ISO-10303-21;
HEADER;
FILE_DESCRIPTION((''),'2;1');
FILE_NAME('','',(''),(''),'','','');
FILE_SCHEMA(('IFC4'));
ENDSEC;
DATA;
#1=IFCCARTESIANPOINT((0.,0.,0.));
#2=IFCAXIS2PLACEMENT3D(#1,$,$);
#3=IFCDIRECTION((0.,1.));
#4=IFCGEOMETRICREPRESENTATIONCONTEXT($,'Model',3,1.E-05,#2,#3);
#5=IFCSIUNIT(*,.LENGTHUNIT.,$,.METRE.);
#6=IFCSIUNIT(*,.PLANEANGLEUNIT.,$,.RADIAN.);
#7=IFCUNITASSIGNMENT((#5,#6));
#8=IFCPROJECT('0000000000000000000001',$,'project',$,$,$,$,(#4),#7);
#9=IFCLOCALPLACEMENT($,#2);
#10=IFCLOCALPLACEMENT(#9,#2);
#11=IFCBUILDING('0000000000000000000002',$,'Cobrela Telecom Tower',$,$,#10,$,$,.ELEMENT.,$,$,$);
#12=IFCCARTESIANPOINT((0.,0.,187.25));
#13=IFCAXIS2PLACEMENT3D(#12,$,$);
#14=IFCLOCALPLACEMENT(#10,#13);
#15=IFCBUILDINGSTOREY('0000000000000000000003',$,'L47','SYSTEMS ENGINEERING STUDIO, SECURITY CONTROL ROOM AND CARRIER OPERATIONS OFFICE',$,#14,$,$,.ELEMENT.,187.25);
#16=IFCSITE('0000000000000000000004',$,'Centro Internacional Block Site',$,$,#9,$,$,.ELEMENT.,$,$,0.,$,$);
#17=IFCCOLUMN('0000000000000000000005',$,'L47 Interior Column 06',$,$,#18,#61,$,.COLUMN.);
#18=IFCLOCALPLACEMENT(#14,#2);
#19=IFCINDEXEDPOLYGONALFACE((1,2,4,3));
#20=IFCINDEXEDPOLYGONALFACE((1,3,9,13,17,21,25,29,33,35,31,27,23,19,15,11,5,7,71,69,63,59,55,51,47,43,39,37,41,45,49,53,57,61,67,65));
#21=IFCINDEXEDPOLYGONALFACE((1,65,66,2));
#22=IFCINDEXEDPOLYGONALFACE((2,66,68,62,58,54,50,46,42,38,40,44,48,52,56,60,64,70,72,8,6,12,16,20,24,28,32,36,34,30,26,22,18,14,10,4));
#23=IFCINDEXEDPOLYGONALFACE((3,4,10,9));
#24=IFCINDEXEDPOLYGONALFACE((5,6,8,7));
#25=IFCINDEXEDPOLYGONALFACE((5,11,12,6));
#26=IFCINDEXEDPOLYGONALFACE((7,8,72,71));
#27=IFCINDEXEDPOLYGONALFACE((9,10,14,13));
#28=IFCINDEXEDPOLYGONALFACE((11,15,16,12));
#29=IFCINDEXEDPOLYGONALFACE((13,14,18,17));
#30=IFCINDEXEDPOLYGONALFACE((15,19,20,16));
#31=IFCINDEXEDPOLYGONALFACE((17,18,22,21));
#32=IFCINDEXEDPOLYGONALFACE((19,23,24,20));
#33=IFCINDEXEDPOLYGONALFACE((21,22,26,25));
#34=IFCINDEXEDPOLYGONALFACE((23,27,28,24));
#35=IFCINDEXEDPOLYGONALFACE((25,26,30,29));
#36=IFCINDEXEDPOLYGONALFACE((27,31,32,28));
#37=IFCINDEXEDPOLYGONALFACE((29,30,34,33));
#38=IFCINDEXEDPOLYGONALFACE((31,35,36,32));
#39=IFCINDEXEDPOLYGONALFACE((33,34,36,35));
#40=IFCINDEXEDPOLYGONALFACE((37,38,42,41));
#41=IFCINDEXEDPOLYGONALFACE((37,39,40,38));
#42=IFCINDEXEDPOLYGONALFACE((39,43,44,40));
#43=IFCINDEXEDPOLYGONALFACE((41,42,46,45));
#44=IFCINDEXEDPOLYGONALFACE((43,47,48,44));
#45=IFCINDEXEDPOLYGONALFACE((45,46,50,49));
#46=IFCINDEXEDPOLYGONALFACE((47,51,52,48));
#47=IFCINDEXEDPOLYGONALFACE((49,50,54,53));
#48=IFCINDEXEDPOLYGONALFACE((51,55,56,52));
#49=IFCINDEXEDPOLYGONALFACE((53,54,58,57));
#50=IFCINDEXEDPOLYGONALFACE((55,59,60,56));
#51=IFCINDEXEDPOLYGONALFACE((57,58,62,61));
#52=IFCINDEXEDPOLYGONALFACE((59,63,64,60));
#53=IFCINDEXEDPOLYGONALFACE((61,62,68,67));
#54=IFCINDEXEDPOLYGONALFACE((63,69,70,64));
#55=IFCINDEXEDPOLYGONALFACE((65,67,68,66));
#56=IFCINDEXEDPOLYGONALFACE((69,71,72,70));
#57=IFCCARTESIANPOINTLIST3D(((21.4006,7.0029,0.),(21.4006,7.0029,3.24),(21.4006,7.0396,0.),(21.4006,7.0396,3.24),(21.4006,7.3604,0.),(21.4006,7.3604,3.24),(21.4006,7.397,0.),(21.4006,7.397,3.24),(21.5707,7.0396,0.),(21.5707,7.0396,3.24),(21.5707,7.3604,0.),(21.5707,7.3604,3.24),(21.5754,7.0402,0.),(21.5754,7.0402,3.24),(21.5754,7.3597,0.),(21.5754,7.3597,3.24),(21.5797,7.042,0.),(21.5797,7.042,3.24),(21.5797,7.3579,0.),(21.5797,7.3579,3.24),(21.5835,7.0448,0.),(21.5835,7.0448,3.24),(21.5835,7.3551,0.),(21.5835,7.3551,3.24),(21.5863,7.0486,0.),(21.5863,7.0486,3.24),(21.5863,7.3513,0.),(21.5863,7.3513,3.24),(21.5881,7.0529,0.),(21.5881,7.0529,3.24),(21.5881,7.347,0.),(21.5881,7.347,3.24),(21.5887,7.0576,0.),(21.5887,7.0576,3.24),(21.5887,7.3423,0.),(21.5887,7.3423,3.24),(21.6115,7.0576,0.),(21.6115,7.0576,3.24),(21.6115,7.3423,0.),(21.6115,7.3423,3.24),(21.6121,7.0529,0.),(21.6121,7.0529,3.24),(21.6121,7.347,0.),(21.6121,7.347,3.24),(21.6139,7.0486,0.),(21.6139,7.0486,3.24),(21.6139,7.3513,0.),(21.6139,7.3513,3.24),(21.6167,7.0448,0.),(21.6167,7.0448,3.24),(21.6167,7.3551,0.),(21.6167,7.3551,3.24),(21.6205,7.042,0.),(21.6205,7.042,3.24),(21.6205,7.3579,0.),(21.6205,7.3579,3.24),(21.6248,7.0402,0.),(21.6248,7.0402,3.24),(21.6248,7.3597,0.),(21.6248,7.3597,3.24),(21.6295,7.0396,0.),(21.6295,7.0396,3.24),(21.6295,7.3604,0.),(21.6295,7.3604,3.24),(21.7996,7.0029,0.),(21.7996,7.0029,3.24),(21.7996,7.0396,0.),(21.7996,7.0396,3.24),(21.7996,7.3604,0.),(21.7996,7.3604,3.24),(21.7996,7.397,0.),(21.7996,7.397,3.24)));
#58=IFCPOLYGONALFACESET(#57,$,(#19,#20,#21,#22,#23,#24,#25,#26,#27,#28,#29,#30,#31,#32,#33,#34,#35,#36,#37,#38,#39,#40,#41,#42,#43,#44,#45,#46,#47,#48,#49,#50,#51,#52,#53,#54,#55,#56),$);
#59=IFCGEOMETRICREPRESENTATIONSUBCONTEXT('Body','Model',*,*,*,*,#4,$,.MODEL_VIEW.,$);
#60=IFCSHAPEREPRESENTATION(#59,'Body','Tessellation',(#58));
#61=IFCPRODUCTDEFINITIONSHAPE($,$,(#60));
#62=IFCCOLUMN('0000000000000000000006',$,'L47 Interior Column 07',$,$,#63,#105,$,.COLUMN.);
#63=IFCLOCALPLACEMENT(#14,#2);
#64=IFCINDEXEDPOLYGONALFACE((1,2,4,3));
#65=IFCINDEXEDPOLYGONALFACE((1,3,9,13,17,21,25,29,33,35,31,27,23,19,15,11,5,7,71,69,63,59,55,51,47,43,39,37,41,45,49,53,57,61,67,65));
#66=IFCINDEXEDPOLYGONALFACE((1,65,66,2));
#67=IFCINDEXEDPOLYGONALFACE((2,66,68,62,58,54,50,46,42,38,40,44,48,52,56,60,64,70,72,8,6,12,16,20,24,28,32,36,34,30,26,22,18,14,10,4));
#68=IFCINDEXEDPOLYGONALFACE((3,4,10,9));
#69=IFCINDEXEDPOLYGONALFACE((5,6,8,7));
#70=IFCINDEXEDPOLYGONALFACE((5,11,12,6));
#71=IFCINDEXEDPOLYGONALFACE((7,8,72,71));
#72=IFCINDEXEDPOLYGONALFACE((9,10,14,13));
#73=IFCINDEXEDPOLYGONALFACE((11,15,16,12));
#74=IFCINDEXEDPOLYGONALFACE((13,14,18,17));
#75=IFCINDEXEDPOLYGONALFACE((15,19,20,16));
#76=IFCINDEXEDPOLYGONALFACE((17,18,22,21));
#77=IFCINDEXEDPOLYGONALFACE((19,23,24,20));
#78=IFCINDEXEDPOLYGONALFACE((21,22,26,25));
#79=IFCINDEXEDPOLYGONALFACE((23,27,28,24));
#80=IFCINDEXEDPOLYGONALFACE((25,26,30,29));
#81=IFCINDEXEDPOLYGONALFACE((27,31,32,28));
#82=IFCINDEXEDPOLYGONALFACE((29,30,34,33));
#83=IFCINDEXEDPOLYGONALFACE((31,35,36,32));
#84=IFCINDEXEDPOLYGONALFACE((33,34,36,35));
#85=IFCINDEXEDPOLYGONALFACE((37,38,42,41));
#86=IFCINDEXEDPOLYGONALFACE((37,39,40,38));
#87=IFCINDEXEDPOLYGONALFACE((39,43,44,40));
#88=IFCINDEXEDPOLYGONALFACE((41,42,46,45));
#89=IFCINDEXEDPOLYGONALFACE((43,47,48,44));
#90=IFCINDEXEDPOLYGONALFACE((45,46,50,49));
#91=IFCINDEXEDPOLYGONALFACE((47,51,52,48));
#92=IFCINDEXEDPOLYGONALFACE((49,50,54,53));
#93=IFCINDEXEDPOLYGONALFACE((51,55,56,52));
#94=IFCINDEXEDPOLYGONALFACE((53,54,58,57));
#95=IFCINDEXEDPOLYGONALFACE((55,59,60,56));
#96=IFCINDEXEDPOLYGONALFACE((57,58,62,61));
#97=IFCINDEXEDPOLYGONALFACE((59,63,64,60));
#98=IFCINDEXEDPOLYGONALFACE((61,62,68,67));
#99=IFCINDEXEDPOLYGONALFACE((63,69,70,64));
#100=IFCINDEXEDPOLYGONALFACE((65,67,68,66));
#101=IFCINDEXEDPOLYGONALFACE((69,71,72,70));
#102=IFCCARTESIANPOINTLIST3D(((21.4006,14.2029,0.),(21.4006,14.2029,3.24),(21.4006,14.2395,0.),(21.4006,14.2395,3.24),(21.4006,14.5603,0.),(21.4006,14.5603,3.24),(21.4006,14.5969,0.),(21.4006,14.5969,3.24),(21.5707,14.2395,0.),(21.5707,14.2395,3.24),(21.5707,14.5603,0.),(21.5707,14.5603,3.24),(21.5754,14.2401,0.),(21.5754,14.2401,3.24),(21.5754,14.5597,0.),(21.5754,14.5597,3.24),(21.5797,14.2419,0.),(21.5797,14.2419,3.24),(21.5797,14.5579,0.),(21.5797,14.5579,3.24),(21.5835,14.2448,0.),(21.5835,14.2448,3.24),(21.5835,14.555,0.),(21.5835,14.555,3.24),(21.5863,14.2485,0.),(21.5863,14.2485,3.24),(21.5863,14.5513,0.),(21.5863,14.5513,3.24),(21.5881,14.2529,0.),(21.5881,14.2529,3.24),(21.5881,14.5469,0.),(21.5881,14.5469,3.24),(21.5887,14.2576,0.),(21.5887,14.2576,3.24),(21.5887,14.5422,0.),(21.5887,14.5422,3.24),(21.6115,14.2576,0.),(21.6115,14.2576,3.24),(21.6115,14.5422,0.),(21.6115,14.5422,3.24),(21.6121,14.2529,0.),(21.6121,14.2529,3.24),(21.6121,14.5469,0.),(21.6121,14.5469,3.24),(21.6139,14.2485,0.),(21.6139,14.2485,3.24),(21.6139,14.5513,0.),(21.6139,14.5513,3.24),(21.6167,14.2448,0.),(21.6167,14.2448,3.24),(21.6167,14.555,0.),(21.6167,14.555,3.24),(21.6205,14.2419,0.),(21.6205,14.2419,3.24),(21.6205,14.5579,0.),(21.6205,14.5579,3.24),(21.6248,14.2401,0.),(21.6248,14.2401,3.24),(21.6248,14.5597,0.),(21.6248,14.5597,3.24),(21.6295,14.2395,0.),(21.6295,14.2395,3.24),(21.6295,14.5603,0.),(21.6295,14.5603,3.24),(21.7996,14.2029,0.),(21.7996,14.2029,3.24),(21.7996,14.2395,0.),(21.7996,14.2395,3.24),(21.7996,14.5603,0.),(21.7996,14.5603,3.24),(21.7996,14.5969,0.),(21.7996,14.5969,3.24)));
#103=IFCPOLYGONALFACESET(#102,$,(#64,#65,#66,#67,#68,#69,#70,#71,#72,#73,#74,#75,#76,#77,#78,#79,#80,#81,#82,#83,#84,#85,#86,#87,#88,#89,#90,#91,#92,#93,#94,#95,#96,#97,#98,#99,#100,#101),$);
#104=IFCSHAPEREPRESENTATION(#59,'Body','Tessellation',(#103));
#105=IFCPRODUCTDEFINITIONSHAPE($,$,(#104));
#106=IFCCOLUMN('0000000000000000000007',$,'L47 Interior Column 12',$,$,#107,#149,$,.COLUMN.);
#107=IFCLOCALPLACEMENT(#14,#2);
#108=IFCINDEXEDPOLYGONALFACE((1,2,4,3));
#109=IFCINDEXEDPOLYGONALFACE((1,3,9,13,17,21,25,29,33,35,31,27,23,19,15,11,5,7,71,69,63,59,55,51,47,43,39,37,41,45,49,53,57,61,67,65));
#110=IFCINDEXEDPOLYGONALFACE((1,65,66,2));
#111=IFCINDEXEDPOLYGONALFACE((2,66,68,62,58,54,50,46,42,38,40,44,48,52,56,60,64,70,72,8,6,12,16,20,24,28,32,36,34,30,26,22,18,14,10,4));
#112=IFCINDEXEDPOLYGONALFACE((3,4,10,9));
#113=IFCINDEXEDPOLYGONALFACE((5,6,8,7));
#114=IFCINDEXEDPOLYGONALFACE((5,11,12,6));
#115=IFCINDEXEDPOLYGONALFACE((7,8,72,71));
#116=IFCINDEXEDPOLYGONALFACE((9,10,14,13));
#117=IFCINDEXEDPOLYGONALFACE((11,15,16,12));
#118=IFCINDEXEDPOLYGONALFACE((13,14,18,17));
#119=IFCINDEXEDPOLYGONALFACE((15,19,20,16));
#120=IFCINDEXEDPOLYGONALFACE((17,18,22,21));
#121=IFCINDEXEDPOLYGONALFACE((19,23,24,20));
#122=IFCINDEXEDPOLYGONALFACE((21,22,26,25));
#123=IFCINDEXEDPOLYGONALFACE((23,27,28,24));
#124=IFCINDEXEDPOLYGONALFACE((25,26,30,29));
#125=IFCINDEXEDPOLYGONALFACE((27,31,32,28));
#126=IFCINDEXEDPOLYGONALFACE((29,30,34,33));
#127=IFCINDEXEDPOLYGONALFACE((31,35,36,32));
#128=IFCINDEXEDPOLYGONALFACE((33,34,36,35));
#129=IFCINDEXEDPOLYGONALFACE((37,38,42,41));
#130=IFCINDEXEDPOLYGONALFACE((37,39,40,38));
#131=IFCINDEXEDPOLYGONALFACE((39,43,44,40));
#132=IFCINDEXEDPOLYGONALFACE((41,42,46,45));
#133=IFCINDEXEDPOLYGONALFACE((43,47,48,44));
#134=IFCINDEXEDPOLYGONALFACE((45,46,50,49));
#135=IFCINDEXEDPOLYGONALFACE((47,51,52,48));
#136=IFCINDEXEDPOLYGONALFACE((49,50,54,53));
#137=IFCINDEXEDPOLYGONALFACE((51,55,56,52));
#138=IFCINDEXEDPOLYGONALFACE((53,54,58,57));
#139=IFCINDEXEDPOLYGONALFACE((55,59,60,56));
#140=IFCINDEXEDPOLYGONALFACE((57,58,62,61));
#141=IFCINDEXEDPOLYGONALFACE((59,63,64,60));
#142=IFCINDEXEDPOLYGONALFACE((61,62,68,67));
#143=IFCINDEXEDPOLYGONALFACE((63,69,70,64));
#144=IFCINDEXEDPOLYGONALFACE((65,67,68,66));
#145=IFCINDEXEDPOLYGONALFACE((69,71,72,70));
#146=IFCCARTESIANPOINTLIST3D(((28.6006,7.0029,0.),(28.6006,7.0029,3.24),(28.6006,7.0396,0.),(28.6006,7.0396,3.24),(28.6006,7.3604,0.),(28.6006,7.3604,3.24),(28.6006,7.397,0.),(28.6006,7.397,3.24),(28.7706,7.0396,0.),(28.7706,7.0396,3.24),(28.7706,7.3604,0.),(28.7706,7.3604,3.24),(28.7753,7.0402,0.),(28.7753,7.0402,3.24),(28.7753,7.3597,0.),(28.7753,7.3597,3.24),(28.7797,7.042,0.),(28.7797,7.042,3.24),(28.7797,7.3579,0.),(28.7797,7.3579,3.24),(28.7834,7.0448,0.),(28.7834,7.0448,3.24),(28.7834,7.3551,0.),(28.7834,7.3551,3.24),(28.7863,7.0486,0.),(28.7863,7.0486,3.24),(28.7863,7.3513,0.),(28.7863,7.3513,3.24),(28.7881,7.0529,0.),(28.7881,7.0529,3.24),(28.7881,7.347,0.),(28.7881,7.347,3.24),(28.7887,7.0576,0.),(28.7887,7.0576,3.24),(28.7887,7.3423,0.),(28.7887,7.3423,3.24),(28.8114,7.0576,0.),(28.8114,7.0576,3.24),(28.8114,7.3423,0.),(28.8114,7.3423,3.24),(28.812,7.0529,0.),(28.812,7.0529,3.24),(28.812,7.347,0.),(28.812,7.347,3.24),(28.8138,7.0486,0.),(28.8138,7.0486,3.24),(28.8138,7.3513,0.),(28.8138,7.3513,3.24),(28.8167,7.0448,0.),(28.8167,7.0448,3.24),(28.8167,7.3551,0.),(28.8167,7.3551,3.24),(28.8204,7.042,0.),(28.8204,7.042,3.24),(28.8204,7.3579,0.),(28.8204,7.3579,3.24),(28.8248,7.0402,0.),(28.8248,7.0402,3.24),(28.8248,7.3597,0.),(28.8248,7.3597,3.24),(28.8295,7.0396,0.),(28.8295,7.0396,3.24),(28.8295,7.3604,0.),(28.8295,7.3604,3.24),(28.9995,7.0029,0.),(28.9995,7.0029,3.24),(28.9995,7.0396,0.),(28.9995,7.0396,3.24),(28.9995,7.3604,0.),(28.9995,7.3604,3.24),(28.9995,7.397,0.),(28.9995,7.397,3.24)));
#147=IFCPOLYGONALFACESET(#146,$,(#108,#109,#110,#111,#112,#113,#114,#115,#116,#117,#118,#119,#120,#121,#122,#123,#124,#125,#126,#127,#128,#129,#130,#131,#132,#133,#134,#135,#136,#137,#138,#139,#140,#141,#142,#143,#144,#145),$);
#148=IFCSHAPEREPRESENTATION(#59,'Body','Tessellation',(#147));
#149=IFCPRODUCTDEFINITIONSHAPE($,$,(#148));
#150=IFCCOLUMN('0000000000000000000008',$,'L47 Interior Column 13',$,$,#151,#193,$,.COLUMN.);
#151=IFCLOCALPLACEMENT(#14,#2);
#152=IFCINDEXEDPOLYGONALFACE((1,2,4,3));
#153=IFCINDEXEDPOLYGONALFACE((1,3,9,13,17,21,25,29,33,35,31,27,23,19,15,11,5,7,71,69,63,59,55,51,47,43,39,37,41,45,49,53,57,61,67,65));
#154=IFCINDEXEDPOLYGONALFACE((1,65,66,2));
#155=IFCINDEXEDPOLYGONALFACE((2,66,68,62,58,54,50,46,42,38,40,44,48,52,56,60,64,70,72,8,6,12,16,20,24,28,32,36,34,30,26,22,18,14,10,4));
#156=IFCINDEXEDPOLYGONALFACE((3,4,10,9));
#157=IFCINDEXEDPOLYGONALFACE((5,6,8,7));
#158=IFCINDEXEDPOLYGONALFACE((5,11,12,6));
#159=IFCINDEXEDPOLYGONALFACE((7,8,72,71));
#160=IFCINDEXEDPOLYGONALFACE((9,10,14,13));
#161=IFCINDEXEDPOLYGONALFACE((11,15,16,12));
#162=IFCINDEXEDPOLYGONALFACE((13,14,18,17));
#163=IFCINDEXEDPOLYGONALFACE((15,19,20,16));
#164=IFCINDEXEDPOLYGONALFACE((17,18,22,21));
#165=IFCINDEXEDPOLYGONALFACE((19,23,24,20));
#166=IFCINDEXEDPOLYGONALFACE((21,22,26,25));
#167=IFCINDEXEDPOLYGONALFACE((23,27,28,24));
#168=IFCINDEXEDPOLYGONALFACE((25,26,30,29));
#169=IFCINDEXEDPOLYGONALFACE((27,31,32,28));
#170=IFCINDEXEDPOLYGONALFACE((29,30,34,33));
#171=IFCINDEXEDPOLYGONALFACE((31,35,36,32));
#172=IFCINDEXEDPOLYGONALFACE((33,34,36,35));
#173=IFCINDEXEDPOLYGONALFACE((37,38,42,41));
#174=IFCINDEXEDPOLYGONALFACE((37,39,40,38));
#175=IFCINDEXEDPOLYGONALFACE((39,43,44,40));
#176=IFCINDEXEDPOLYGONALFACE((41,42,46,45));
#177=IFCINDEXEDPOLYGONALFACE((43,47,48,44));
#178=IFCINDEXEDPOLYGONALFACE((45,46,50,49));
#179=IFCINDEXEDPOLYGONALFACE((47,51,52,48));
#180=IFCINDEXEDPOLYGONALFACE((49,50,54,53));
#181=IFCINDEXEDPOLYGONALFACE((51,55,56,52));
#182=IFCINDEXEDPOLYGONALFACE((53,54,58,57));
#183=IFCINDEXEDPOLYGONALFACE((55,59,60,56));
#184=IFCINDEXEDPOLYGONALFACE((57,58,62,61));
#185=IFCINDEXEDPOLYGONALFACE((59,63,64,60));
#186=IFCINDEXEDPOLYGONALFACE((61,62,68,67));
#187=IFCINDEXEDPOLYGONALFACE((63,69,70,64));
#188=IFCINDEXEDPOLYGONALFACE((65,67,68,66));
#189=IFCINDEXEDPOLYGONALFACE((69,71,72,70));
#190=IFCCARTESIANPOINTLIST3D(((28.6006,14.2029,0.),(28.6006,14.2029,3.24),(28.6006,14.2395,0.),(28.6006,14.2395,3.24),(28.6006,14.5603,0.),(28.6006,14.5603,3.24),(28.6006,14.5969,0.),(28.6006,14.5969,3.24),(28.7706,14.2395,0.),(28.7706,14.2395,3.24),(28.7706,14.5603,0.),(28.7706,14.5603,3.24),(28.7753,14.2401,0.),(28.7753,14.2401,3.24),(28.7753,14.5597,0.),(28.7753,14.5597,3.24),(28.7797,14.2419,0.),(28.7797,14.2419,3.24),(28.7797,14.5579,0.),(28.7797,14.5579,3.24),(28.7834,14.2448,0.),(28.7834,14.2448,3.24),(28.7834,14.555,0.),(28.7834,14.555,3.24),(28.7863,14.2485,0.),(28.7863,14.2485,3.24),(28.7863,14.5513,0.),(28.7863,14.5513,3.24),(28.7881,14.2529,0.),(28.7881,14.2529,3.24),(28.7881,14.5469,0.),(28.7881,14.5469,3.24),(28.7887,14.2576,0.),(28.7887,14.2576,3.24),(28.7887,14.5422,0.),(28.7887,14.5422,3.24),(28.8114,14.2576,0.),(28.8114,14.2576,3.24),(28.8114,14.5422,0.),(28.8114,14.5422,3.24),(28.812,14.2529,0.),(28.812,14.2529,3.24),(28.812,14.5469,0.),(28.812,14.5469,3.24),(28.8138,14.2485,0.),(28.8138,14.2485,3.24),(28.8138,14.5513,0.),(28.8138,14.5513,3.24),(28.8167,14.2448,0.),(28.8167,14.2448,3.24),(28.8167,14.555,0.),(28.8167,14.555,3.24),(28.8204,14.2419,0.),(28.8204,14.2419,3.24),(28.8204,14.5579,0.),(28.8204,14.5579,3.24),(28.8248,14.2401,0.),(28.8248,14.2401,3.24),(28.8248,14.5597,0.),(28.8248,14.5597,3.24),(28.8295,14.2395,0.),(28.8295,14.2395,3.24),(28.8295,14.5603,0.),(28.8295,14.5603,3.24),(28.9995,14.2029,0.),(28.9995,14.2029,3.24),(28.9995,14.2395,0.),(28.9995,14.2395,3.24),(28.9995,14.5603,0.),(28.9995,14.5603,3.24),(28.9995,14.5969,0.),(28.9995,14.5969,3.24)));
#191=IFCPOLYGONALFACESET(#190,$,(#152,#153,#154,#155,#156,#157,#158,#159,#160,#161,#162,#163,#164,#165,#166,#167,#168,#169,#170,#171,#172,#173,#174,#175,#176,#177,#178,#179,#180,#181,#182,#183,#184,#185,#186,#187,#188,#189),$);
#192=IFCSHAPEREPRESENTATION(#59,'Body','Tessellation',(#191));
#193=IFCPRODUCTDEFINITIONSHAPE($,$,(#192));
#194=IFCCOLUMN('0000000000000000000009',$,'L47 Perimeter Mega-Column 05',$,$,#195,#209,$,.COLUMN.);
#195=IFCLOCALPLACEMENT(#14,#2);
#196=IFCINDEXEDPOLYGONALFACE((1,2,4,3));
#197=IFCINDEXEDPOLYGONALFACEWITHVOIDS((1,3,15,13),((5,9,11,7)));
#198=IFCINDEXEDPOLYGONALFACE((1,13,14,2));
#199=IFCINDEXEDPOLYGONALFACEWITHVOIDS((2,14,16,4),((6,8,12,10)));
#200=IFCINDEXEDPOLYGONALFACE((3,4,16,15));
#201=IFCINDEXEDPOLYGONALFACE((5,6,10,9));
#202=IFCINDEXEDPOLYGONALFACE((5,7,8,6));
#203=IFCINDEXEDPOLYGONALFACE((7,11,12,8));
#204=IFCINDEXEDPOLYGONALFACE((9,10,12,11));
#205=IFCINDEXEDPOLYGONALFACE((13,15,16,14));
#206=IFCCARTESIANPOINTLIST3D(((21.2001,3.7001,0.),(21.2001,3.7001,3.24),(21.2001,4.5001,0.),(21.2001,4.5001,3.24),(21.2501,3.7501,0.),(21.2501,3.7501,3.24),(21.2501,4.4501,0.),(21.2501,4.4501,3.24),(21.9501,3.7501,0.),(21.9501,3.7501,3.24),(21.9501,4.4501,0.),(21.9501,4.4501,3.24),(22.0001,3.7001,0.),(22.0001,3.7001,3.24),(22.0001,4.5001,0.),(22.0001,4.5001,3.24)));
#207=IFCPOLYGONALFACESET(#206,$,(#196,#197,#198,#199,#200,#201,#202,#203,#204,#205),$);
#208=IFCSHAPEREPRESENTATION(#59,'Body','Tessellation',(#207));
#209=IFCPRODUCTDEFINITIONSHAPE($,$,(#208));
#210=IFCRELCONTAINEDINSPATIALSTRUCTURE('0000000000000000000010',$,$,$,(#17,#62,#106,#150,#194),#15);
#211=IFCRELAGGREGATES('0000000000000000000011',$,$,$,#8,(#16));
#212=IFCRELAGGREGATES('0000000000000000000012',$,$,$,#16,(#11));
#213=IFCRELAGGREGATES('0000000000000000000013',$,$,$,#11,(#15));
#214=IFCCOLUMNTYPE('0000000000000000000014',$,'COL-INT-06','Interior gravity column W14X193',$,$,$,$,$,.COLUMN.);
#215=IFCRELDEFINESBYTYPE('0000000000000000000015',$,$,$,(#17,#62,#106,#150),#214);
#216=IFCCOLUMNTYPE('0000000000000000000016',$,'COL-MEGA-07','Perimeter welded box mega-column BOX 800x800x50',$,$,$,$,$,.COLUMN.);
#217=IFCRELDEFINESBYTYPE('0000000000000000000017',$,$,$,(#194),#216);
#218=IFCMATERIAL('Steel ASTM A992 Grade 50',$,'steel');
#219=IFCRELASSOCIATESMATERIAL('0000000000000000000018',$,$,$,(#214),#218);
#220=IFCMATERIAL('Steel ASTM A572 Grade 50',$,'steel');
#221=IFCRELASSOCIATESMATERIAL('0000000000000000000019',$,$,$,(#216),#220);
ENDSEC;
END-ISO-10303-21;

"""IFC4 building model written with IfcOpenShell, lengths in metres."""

from ifc_helpers import new_model, si_unit, direction, frame, origin, origin_2d, place, context, subcontext, project, spatial, hollow_rectangle, i_section, extrude, material, material_profile, profile_set, type_object, element, save


model = new_model("IFC4")

# Units and contexts
model_context = context("Model", 3, precision=1e-05, world=origin(), true_north=direction((0.0, 1.0)))
body_context = subcontext(model_context, "Body", "Model", "MODEL_VIEW")
ifc_project = project(units=[si_unit("LENGTHUNIT", "METRE"), si_unit("PLANEANGLEUNIT", "RADIAN")], contexts=[model_context])

# Site, building, storey
site_placement = place(None, origin())
site = spatial("IfcSite", under=ifc_project, at=site_placement, Name="Centro Internacional Block Site", CompositionType="ELEMENT", RefElevation=0.0)
building_placement = place(site_placement, origin())
building = spatial("IfcBuilding", under=site, at=building_placement, Name="Cobrela Telecom Tower", CompositionType="ELEMENT")
storey_placement = place(building_placement, frame((0.0, 0.0, 187.25)))
storey = spatial("IfcBuildingStorey", under=building, at=storey_placement, Name="L47", Description="SYSTEMS ENGINEERING STUDIO, SECURITY CONTROL ROOM AND CARRIER OPERATIONS OFFICE", CompositionType="ELEMENT", Elevation=187.25)

# Columns
ifc_material_1 = material(Name="Steel ASTM A992 Grade 50", Category="steel")
ifc_material_profile_1 = material_profile(ifc_material_1, i_section(OverallWidth=0.3989, OverallDepth=0.394, WebThickness=0.0227, FlangeThickness=0.0366, FilletRadius=0.0181, at=origin_2d()), Name="W14X193")
ifc_profile_set_1 = profile_set([ifc_material_profile_1], Name="Steel ASTM A992 Grade 50")
column_type_1 = type_object("IfcColumnType", Name="COL-INT-06", Description="Interior gravity column W14X193", PredefinedType="COLUMN", material=ifc_profile_set_1)
for number, where, z_axis, x_axis, name in (
    (1, (21.6001, 7.2, 0.0), (0.0, 0.0, 1.0), (1.0, 0.0, 0.0), "L47 Interior Column 06"),
    (2, (21.6001, 14.3999, 0.0), (0.0, 0.0, 1.0), (1.0, 0.0, 0.0), "L47 Interior Column 07"),
    (3, (28.8, 7.2, 0.0), (0.0, 0.0, 1.0), (1.0, 0.0, 0.0), "L47 Interior Column 12"),
    (4, (28.8, 14.3999, 0.0), (0.0, 0.0, 1.0), (1.0, 0.0, 0.0), "L47 Interior Column 13"),
):
    element("IfcColumn", number, at=place(storey_placement, frame(where, z_axis=z_axis, x_axis=x_axis)), inside=storey, type_object=column_type_1, Name=name, PredefinedType="COLUMN", context=body_context, shape_type="SweptSolid", body=[
        extrude(i_section(OverallWidth=0.3989, OverallDepth=0.394, WebThickness=0.0227, FlangeThickness=0.0366, FilletRadius=0.0181, at=origin_2d()), origin(), (0.0, 0.0, 1.0), 3.24),
    ])
ifc_material_2 = material(Name="Steel ASTM A572 Grade 50", Category="steel")
ifc_material_profile_2 = material_profile(ifc_material_2, hollow_rectangle(XDim=0.8, YDim=0.8, WallThickness=0.05, at=origin_2d()), Name="BOX 800x800x50")
ifc_profile_set_2 = profile_set([ifc_material_profile_2], Name="Steel ASTM A572 Grade 50")
column_type_2 = type_object("IfcColumnType", Name="COL-MEGA-07", Description="Perimeter welded box mega-column BOX 800x800x50", PredefinedType="COLUMN", material=ifc_profile_set_2)
for number, where, z_axis, x_axis, name in (
    (5, (21.6001, 4.1001, 0.0), (0.0, 0.0, 1.0), (1.0, 0.0, 0.0), "L47 Perimeter Mega-Column 05"),
):
    element("IfcColumn", number, at=place(storey_placement, frame(where, z_axis=z_axis, x_axis=x_axis)), inside=storey, type_object=column_type_2, Name=name, PredefinedType="COLUMN", context=body_context, shape_type="SweptSolid", body=[
        extrude(hollow_rectangle(XDim=0.8, YDim=0.8, WallThickness=0.05, at=origin_2d()), origin(), (0.0, 0.0, 1.0), 3.24),
    ])

save(model, "model.ifc")
